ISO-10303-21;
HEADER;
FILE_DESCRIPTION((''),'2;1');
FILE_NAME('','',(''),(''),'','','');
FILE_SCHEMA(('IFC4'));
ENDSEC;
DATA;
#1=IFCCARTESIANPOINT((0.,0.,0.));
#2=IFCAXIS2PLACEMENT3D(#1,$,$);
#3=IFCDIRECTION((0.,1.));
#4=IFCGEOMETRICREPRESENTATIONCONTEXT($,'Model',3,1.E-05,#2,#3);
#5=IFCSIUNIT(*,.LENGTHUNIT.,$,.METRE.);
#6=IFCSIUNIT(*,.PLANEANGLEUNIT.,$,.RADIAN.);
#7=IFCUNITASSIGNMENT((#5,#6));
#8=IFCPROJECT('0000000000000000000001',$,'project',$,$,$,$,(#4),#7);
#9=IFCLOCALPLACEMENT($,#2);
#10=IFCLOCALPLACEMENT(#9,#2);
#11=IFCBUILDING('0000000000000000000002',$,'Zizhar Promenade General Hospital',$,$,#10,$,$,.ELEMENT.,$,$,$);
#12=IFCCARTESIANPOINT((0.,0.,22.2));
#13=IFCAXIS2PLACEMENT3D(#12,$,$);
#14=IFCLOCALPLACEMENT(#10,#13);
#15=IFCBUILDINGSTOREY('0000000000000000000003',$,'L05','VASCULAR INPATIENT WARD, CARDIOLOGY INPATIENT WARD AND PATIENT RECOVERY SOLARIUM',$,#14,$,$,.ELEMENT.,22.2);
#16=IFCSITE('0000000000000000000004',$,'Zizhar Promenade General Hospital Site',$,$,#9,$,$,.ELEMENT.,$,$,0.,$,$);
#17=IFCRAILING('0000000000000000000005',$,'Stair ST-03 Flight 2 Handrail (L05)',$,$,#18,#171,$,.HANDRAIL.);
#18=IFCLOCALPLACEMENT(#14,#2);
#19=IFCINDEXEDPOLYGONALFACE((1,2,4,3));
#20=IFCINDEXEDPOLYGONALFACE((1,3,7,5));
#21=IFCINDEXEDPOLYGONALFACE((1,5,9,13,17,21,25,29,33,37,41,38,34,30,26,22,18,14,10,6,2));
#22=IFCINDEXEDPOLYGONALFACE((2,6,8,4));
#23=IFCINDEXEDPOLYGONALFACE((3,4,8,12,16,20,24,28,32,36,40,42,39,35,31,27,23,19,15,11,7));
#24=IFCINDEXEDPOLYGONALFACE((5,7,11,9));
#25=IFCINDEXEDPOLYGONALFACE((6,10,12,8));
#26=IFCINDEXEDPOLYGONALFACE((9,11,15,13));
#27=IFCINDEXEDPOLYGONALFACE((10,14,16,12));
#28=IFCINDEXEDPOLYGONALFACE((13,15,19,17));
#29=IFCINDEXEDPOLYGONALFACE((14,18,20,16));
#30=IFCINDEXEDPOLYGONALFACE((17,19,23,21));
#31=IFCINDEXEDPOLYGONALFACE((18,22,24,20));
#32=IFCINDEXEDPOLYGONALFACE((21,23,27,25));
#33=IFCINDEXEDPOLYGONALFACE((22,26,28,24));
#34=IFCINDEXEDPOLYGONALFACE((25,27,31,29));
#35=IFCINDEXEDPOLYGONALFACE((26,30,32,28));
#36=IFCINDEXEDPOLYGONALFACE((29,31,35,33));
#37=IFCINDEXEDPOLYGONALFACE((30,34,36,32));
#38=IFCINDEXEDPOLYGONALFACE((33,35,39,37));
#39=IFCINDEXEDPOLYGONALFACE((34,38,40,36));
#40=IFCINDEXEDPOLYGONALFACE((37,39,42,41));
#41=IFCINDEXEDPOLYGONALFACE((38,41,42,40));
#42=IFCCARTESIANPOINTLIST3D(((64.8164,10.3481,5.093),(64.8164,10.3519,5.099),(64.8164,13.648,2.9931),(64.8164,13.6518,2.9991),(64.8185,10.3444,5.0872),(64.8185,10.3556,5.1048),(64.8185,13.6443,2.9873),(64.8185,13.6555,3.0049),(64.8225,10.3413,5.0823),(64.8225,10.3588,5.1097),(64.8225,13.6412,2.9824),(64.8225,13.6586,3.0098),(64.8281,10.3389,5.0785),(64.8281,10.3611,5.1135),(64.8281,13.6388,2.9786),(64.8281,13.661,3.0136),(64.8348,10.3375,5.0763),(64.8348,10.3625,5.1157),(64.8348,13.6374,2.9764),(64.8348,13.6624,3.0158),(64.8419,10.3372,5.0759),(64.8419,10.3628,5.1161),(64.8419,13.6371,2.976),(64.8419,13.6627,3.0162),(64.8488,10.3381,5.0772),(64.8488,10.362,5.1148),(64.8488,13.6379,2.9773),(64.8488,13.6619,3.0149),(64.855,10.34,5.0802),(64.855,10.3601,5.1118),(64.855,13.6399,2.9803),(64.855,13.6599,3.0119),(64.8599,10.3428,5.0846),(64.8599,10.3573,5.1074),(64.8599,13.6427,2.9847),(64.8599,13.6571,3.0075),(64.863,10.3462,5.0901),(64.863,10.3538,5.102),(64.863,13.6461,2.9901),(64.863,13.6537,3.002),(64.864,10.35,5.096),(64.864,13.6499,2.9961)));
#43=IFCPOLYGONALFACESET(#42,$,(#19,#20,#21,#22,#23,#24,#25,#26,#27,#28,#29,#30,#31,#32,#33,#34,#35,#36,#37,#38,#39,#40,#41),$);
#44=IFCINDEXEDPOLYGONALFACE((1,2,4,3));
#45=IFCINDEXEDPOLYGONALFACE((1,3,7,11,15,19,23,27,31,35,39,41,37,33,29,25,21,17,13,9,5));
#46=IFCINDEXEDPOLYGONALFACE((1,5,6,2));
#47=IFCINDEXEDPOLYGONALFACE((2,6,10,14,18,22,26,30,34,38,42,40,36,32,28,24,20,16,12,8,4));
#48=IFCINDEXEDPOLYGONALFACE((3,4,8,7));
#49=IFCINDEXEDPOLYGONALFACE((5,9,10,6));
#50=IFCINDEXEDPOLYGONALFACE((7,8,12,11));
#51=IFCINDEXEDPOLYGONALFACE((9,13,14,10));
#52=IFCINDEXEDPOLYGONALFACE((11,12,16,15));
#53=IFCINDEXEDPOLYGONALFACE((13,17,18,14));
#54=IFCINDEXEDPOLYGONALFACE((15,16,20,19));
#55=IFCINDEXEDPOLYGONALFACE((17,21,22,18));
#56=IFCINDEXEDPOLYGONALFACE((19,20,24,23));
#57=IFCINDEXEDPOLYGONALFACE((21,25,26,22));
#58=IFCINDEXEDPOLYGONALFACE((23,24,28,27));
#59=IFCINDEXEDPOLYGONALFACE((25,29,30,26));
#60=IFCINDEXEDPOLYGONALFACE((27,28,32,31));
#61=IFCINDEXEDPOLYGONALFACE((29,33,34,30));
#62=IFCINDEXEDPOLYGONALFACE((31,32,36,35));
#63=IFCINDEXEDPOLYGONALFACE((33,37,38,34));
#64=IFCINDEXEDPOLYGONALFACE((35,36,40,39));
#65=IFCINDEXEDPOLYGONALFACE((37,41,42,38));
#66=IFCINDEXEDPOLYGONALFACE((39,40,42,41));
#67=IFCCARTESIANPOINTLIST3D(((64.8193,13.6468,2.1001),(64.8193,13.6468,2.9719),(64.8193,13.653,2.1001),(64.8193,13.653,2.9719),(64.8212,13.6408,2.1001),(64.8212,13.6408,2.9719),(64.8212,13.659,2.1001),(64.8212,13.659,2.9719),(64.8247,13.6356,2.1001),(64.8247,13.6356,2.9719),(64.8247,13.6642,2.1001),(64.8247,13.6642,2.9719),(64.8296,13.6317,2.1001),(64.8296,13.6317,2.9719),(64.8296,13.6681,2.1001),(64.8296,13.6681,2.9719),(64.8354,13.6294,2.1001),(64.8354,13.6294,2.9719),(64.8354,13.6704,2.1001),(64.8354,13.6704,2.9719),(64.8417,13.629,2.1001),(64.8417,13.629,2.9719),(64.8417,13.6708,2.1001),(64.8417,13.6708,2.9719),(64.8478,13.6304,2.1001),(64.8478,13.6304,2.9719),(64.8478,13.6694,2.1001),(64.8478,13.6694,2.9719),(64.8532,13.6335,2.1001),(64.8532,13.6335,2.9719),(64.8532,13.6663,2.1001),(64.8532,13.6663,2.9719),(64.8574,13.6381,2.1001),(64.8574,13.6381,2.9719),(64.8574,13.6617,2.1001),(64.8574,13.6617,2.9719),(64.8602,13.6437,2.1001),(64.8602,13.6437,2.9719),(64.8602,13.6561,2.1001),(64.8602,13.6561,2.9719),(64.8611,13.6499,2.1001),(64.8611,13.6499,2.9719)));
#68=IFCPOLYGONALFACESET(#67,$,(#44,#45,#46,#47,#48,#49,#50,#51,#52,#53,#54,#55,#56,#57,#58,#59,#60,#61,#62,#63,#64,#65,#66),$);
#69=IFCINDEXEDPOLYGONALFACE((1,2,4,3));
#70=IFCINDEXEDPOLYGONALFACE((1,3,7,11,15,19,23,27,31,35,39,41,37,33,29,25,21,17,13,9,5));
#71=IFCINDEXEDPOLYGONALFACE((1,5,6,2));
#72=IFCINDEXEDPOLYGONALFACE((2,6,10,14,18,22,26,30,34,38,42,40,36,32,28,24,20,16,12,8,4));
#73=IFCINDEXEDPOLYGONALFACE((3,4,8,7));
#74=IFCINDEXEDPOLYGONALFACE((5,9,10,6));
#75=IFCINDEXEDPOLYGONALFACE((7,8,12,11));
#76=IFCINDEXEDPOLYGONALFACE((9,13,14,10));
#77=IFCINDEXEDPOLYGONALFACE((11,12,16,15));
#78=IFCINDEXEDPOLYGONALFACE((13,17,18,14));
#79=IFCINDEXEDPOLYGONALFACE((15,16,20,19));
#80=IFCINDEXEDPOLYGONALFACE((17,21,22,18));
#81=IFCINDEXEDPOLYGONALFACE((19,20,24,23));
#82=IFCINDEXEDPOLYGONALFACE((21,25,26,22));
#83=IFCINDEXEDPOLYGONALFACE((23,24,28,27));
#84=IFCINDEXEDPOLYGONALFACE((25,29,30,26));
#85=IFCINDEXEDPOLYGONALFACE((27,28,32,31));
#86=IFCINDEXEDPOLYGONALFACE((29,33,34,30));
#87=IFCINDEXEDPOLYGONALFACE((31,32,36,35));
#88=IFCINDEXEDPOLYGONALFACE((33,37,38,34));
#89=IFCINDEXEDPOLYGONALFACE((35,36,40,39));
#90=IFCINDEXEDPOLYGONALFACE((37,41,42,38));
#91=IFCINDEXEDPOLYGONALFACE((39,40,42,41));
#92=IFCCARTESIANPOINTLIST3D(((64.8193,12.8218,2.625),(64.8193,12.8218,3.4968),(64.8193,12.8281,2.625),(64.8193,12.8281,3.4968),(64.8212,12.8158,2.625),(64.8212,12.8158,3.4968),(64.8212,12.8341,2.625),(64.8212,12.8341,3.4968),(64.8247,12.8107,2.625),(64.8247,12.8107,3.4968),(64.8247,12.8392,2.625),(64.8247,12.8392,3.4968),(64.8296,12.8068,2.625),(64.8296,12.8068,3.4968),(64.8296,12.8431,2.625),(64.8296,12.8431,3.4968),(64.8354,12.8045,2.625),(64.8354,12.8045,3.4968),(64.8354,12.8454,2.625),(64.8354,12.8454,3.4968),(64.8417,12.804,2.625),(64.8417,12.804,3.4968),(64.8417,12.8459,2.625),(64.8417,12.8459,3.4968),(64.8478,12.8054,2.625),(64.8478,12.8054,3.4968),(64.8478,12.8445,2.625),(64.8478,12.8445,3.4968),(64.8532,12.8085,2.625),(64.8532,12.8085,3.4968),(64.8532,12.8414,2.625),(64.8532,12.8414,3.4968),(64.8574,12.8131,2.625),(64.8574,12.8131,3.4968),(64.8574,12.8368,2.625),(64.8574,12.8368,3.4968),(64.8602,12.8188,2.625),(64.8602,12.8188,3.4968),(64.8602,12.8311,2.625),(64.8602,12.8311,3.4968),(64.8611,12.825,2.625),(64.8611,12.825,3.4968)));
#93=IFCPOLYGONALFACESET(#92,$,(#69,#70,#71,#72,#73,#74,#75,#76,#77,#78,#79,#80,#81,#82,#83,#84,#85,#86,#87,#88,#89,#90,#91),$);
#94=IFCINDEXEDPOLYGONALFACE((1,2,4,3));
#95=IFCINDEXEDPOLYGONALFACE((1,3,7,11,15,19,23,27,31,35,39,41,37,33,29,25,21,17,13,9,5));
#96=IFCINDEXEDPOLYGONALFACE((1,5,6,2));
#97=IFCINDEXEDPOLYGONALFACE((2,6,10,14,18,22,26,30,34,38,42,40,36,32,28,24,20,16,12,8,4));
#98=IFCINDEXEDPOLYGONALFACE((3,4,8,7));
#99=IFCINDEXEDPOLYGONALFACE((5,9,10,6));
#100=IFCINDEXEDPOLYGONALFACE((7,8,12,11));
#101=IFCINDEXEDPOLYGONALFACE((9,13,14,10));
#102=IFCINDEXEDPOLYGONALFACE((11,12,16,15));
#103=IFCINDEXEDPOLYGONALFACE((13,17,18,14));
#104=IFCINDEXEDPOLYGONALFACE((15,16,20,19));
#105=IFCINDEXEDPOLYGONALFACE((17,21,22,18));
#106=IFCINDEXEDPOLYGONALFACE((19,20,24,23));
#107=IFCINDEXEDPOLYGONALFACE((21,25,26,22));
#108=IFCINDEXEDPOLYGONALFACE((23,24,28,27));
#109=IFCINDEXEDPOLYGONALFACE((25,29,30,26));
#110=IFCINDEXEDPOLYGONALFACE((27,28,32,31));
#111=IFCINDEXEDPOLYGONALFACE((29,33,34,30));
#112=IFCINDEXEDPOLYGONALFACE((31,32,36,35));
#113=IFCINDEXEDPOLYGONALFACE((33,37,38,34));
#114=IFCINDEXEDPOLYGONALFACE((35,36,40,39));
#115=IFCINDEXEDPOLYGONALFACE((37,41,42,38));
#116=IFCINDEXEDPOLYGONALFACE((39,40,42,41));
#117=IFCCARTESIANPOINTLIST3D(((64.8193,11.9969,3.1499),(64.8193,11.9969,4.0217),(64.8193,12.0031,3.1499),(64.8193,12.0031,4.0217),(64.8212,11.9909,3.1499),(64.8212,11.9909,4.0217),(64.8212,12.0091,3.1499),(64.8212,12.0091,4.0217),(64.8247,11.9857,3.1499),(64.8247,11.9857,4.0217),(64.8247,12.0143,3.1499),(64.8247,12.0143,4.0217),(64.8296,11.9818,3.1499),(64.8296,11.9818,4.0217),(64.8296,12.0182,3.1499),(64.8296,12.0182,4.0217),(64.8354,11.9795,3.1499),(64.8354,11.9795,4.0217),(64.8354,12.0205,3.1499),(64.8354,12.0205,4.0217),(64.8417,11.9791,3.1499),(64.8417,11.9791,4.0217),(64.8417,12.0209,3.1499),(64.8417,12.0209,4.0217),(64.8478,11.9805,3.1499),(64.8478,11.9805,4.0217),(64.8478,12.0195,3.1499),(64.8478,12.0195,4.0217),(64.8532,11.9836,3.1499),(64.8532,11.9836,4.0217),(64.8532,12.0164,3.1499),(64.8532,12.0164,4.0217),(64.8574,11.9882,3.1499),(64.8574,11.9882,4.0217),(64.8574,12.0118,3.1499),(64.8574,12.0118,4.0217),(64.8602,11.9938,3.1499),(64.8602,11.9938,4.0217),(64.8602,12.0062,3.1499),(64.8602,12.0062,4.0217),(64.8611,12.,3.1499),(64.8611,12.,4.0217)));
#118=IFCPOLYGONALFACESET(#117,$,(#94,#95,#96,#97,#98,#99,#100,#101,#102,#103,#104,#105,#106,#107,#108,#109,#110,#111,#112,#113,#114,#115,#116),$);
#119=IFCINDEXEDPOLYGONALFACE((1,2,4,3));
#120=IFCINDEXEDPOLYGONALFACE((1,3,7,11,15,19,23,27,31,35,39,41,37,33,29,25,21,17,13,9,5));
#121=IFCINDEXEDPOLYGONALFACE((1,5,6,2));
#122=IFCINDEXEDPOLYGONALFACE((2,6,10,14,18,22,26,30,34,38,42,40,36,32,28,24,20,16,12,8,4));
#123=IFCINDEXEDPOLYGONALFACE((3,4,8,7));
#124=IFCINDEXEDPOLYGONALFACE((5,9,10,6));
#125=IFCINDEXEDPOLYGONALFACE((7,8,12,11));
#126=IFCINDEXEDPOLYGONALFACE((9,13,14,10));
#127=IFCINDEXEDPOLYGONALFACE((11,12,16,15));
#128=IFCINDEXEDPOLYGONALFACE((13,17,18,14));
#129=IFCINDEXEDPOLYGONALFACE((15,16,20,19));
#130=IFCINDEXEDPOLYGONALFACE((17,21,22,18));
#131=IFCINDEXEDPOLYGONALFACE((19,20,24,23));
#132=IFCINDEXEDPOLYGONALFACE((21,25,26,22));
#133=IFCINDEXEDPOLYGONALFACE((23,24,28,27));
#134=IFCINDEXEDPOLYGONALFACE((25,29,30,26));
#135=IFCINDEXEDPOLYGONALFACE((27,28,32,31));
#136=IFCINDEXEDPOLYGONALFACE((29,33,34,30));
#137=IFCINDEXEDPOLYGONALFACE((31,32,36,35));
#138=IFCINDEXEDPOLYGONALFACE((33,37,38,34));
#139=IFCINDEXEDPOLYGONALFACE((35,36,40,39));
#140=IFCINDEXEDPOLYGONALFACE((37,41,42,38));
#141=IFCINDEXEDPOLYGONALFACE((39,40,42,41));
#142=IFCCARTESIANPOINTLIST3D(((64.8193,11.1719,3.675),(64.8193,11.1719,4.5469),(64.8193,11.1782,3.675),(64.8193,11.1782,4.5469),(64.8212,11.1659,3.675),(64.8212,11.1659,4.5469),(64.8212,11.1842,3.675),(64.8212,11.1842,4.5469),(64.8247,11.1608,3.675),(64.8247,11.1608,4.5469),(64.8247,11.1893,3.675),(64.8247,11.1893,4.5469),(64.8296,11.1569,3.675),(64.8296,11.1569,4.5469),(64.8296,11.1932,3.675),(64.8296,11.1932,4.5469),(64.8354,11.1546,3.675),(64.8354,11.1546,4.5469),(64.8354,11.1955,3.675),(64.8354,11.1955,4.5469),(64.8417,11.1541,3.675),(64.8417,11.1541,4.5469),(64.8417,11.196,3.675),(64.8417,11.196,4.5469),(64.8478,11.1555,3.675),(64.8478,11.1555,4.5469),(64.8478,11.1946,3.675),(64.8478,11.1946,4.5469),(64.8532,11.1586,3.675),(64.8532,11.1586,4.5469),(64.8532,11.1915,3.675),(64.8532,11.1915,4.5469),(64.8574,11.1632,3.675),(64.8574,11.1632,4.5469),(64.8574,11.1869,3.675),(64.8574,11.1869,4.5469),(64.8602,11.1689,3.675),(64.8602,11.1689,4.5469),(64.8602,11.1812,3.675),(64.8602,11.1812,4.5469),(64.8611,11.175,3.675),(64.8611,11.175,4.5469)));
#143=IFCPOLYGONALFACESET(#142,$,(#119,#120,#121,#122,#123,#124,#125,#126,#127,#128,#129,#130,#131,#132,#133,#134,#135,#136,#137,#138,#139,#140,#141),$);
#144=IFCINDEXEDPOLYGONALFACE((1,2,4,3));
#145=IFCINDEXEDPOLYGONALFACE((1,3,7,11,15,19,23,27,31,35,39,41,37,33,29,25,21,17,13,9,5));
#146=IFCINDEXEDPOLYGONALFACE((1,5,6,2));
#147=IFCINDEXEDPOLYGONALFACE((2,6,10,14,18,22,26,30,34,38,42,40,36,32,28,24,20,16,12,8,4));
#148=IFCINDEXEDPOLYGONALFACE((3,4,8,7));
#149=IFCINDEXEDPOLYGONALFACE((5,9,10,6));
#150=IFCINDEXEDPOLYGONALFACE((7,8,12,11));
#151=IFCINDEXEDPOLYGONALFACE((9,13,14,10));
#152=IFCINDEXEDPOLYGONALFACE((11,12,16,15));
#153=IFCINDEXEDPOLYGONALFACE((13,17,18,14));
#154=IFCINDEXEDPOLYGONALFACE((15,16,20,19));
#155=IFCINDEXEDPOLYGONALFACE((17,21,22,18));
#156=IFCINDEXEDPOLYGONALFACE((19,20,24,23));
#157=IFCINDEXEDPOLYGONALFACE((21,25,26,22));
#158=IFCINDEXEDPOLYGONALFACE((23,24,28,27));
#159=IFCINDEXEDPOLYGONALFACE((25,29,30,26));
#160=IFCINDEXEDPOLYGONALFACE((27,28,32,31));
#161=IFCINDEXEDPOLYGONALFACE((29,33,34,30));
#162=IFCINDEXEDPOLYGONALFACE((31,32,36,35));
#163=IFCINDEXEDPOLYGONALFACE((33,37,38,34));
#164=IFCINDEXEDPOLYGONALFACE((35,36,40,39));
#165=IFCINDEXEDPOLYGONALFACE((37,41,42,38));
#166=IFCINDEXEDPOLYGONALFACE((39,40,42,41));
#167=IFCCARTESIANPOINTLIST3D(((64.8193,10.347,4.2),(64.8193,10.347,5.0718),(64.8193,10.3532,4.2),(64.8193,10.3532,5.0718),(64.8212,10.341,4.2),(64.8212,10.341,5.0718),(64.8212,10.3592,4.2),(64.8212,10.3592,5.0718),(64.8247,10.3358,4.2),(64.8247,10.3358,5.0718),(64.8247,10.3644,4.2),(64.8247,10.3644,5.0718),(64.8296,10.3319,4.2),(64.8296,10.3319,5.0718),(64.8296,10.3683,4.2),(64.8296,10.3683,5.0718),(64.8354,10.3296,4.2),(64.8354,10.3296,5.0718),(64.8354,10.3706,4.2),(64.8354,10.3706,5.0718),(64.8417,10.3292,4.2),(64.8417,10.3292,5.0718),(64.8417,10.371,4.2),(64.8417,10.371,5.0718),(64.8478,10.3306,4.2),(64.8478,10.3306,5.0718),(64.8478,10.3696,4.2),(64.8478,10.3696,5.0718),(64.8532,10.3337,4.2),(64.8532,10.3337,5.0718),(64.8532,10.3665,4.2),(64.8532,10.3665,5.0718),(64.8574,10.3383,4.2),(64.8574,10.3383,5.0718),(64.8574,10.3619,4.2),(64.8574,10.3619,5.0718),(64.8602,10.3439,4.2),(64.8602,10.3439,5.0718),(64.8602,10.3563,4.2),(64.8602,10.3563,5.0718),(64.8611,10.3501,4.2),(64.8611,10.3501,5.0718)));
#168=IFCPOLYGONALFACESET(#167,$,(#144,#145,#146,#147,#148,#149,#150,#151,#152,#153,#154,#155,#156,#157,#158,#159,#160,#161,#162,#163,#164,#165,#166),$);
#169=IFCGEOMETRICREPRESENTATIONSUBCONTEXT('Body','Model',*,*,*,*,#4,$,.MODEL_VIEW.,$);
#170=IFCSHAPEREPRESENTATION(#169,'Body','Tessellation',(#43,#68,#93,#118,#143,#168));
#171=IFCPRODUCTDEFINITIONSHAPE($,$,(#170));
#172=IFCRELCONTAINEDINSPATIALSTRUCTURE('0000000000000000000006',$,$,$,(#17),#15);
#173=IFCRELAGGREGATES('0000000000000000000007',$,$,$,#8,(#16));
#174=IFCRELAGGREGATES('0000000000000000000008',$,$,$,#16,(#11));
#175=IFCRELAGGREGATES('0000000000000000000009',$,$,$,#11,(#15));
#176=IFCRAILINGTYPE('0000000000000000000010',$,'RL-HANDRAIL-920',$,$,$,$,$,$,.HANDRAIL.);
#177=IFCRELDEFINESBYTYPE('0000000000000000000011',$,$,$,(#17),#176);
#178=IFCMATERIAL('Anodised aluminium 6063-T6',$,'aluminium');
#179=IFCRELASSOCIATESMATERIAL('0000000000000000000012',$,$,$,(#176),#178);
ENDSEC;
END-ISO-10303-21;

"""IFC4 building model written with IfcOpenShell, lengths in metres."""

from ifc_helpers import new_model, si_unit, direction, frame, origin, origin_2d, place, context, subcontext, project, spatial, circle, hollow_circle, extrude, material, material_profile, profile_set, type_object, element, save


model = new_model("IFC4")

# Units and contexts
model_context = context("Model", 3, precision=1e-05, world=origin(), true_north=direction((0.0, 1.0)))
body_context = subcontext(model_context, "Body", "Model", "MODEL_VIEW")
ifc_project = project(units=[si_unit("LENGTHUNIT", "METRE"), si_unit("PLANEANGLEUNIT", "RADIAN")], contexts=[model_context])

# Site, building, storey
site_placement = place(None, origin())
site = spatial("IfcSite", under=ifc_project, at=site_placement, Name="Zizhar Promenade General Hospital Site", CompositionType="ELEMENT", RefElevation=0.0)
building_placement = place(site_placement, origin())
building = spatial("IfcBuilding", under=site, at=building_placement, Name="Zizhar Promenade General Hospital", CompositionType="ELEMENT")
storey_placement = place(building_placement, frame((0.0, 0.0, 22.2)))
storey = spatial("IfcBuildingStorey", under=building, at=storey_placement, Name="L05", Description="VASCULAR INPATIENT WARD, CARDIOLOGY INPATIENT WARD AND PATIENT RECOVERY SOLARIUM", CompositionType="ELEMENT", Elevation=22.2)

# Railing
ifc_material_1 = material(Name="Anodised aluminium 6063-T6", Category="aluminium")
ifc_material_profile_1 = material_profile(ifc_material_1, hollow_circle(Radius=0.0698, WallThickness=0.0063, at=origin_2d()))
ifc_profile_set_1 = profile_set([ifc_material_profile_1], Name="Anodised aluminium 6063-T6")
railing_type_1 = type_object("IfcRailingType", Name="RL-HANDRAIL-920", PredefinedType="HANDRAIL", material=ifc_profile_set_1)
railing_1_placement = place(storey_placement, frame((64.8401, 13.6499, 2.1001)))
element("IfcRailing", 1, at=railing_1_placement, inside=storey, type_object=railing_type_1, Name="Stair ST-03 Flight 2 Handrail (L05)", PredefinedType="HANDRAIL", context=body_context, shape_type="SweptSolid", body=[
    extrude(circle(Radius=0.0239, at=origin_2d()), frame((0.0, 0.0, 0.896), z_axis=(0.0, -0.843664, 0.536871), x_axis=(1.0, 0.0, 0.0)), (0.0, 0.0, 1.0), 3.9114),
    extrude(circle(Radius=0.021, at=origin_2d()), origin(), (0.0, 0.0, 1.0), 0.8718),
    extrude(circle(Radius=0.021, at=origin_2d()), frame((0.0, -0.825, 0.5249)), (0.0, 0.0, 1.0), 0.8718),
    extrude(circle(Radius=0.021, at=origin_2d()), frame((0.0, -1.6499, 1.0498)), (0.0, 0.0, 1.0), 0.8718),
    extrude(circle(Radius=0.021, at=origin_2d()), frame((0.0, -2.4749, 1.575)), (0.0, 0.0, 1.0), 0.8718),
    extrude(circle(Radius=0.021, at=origin_2d()), frame((0.0, -3.2998, 2.0999)), (0.0, 0.0, 1.0), 0.8718),
])

save(model, "model.ifc")
